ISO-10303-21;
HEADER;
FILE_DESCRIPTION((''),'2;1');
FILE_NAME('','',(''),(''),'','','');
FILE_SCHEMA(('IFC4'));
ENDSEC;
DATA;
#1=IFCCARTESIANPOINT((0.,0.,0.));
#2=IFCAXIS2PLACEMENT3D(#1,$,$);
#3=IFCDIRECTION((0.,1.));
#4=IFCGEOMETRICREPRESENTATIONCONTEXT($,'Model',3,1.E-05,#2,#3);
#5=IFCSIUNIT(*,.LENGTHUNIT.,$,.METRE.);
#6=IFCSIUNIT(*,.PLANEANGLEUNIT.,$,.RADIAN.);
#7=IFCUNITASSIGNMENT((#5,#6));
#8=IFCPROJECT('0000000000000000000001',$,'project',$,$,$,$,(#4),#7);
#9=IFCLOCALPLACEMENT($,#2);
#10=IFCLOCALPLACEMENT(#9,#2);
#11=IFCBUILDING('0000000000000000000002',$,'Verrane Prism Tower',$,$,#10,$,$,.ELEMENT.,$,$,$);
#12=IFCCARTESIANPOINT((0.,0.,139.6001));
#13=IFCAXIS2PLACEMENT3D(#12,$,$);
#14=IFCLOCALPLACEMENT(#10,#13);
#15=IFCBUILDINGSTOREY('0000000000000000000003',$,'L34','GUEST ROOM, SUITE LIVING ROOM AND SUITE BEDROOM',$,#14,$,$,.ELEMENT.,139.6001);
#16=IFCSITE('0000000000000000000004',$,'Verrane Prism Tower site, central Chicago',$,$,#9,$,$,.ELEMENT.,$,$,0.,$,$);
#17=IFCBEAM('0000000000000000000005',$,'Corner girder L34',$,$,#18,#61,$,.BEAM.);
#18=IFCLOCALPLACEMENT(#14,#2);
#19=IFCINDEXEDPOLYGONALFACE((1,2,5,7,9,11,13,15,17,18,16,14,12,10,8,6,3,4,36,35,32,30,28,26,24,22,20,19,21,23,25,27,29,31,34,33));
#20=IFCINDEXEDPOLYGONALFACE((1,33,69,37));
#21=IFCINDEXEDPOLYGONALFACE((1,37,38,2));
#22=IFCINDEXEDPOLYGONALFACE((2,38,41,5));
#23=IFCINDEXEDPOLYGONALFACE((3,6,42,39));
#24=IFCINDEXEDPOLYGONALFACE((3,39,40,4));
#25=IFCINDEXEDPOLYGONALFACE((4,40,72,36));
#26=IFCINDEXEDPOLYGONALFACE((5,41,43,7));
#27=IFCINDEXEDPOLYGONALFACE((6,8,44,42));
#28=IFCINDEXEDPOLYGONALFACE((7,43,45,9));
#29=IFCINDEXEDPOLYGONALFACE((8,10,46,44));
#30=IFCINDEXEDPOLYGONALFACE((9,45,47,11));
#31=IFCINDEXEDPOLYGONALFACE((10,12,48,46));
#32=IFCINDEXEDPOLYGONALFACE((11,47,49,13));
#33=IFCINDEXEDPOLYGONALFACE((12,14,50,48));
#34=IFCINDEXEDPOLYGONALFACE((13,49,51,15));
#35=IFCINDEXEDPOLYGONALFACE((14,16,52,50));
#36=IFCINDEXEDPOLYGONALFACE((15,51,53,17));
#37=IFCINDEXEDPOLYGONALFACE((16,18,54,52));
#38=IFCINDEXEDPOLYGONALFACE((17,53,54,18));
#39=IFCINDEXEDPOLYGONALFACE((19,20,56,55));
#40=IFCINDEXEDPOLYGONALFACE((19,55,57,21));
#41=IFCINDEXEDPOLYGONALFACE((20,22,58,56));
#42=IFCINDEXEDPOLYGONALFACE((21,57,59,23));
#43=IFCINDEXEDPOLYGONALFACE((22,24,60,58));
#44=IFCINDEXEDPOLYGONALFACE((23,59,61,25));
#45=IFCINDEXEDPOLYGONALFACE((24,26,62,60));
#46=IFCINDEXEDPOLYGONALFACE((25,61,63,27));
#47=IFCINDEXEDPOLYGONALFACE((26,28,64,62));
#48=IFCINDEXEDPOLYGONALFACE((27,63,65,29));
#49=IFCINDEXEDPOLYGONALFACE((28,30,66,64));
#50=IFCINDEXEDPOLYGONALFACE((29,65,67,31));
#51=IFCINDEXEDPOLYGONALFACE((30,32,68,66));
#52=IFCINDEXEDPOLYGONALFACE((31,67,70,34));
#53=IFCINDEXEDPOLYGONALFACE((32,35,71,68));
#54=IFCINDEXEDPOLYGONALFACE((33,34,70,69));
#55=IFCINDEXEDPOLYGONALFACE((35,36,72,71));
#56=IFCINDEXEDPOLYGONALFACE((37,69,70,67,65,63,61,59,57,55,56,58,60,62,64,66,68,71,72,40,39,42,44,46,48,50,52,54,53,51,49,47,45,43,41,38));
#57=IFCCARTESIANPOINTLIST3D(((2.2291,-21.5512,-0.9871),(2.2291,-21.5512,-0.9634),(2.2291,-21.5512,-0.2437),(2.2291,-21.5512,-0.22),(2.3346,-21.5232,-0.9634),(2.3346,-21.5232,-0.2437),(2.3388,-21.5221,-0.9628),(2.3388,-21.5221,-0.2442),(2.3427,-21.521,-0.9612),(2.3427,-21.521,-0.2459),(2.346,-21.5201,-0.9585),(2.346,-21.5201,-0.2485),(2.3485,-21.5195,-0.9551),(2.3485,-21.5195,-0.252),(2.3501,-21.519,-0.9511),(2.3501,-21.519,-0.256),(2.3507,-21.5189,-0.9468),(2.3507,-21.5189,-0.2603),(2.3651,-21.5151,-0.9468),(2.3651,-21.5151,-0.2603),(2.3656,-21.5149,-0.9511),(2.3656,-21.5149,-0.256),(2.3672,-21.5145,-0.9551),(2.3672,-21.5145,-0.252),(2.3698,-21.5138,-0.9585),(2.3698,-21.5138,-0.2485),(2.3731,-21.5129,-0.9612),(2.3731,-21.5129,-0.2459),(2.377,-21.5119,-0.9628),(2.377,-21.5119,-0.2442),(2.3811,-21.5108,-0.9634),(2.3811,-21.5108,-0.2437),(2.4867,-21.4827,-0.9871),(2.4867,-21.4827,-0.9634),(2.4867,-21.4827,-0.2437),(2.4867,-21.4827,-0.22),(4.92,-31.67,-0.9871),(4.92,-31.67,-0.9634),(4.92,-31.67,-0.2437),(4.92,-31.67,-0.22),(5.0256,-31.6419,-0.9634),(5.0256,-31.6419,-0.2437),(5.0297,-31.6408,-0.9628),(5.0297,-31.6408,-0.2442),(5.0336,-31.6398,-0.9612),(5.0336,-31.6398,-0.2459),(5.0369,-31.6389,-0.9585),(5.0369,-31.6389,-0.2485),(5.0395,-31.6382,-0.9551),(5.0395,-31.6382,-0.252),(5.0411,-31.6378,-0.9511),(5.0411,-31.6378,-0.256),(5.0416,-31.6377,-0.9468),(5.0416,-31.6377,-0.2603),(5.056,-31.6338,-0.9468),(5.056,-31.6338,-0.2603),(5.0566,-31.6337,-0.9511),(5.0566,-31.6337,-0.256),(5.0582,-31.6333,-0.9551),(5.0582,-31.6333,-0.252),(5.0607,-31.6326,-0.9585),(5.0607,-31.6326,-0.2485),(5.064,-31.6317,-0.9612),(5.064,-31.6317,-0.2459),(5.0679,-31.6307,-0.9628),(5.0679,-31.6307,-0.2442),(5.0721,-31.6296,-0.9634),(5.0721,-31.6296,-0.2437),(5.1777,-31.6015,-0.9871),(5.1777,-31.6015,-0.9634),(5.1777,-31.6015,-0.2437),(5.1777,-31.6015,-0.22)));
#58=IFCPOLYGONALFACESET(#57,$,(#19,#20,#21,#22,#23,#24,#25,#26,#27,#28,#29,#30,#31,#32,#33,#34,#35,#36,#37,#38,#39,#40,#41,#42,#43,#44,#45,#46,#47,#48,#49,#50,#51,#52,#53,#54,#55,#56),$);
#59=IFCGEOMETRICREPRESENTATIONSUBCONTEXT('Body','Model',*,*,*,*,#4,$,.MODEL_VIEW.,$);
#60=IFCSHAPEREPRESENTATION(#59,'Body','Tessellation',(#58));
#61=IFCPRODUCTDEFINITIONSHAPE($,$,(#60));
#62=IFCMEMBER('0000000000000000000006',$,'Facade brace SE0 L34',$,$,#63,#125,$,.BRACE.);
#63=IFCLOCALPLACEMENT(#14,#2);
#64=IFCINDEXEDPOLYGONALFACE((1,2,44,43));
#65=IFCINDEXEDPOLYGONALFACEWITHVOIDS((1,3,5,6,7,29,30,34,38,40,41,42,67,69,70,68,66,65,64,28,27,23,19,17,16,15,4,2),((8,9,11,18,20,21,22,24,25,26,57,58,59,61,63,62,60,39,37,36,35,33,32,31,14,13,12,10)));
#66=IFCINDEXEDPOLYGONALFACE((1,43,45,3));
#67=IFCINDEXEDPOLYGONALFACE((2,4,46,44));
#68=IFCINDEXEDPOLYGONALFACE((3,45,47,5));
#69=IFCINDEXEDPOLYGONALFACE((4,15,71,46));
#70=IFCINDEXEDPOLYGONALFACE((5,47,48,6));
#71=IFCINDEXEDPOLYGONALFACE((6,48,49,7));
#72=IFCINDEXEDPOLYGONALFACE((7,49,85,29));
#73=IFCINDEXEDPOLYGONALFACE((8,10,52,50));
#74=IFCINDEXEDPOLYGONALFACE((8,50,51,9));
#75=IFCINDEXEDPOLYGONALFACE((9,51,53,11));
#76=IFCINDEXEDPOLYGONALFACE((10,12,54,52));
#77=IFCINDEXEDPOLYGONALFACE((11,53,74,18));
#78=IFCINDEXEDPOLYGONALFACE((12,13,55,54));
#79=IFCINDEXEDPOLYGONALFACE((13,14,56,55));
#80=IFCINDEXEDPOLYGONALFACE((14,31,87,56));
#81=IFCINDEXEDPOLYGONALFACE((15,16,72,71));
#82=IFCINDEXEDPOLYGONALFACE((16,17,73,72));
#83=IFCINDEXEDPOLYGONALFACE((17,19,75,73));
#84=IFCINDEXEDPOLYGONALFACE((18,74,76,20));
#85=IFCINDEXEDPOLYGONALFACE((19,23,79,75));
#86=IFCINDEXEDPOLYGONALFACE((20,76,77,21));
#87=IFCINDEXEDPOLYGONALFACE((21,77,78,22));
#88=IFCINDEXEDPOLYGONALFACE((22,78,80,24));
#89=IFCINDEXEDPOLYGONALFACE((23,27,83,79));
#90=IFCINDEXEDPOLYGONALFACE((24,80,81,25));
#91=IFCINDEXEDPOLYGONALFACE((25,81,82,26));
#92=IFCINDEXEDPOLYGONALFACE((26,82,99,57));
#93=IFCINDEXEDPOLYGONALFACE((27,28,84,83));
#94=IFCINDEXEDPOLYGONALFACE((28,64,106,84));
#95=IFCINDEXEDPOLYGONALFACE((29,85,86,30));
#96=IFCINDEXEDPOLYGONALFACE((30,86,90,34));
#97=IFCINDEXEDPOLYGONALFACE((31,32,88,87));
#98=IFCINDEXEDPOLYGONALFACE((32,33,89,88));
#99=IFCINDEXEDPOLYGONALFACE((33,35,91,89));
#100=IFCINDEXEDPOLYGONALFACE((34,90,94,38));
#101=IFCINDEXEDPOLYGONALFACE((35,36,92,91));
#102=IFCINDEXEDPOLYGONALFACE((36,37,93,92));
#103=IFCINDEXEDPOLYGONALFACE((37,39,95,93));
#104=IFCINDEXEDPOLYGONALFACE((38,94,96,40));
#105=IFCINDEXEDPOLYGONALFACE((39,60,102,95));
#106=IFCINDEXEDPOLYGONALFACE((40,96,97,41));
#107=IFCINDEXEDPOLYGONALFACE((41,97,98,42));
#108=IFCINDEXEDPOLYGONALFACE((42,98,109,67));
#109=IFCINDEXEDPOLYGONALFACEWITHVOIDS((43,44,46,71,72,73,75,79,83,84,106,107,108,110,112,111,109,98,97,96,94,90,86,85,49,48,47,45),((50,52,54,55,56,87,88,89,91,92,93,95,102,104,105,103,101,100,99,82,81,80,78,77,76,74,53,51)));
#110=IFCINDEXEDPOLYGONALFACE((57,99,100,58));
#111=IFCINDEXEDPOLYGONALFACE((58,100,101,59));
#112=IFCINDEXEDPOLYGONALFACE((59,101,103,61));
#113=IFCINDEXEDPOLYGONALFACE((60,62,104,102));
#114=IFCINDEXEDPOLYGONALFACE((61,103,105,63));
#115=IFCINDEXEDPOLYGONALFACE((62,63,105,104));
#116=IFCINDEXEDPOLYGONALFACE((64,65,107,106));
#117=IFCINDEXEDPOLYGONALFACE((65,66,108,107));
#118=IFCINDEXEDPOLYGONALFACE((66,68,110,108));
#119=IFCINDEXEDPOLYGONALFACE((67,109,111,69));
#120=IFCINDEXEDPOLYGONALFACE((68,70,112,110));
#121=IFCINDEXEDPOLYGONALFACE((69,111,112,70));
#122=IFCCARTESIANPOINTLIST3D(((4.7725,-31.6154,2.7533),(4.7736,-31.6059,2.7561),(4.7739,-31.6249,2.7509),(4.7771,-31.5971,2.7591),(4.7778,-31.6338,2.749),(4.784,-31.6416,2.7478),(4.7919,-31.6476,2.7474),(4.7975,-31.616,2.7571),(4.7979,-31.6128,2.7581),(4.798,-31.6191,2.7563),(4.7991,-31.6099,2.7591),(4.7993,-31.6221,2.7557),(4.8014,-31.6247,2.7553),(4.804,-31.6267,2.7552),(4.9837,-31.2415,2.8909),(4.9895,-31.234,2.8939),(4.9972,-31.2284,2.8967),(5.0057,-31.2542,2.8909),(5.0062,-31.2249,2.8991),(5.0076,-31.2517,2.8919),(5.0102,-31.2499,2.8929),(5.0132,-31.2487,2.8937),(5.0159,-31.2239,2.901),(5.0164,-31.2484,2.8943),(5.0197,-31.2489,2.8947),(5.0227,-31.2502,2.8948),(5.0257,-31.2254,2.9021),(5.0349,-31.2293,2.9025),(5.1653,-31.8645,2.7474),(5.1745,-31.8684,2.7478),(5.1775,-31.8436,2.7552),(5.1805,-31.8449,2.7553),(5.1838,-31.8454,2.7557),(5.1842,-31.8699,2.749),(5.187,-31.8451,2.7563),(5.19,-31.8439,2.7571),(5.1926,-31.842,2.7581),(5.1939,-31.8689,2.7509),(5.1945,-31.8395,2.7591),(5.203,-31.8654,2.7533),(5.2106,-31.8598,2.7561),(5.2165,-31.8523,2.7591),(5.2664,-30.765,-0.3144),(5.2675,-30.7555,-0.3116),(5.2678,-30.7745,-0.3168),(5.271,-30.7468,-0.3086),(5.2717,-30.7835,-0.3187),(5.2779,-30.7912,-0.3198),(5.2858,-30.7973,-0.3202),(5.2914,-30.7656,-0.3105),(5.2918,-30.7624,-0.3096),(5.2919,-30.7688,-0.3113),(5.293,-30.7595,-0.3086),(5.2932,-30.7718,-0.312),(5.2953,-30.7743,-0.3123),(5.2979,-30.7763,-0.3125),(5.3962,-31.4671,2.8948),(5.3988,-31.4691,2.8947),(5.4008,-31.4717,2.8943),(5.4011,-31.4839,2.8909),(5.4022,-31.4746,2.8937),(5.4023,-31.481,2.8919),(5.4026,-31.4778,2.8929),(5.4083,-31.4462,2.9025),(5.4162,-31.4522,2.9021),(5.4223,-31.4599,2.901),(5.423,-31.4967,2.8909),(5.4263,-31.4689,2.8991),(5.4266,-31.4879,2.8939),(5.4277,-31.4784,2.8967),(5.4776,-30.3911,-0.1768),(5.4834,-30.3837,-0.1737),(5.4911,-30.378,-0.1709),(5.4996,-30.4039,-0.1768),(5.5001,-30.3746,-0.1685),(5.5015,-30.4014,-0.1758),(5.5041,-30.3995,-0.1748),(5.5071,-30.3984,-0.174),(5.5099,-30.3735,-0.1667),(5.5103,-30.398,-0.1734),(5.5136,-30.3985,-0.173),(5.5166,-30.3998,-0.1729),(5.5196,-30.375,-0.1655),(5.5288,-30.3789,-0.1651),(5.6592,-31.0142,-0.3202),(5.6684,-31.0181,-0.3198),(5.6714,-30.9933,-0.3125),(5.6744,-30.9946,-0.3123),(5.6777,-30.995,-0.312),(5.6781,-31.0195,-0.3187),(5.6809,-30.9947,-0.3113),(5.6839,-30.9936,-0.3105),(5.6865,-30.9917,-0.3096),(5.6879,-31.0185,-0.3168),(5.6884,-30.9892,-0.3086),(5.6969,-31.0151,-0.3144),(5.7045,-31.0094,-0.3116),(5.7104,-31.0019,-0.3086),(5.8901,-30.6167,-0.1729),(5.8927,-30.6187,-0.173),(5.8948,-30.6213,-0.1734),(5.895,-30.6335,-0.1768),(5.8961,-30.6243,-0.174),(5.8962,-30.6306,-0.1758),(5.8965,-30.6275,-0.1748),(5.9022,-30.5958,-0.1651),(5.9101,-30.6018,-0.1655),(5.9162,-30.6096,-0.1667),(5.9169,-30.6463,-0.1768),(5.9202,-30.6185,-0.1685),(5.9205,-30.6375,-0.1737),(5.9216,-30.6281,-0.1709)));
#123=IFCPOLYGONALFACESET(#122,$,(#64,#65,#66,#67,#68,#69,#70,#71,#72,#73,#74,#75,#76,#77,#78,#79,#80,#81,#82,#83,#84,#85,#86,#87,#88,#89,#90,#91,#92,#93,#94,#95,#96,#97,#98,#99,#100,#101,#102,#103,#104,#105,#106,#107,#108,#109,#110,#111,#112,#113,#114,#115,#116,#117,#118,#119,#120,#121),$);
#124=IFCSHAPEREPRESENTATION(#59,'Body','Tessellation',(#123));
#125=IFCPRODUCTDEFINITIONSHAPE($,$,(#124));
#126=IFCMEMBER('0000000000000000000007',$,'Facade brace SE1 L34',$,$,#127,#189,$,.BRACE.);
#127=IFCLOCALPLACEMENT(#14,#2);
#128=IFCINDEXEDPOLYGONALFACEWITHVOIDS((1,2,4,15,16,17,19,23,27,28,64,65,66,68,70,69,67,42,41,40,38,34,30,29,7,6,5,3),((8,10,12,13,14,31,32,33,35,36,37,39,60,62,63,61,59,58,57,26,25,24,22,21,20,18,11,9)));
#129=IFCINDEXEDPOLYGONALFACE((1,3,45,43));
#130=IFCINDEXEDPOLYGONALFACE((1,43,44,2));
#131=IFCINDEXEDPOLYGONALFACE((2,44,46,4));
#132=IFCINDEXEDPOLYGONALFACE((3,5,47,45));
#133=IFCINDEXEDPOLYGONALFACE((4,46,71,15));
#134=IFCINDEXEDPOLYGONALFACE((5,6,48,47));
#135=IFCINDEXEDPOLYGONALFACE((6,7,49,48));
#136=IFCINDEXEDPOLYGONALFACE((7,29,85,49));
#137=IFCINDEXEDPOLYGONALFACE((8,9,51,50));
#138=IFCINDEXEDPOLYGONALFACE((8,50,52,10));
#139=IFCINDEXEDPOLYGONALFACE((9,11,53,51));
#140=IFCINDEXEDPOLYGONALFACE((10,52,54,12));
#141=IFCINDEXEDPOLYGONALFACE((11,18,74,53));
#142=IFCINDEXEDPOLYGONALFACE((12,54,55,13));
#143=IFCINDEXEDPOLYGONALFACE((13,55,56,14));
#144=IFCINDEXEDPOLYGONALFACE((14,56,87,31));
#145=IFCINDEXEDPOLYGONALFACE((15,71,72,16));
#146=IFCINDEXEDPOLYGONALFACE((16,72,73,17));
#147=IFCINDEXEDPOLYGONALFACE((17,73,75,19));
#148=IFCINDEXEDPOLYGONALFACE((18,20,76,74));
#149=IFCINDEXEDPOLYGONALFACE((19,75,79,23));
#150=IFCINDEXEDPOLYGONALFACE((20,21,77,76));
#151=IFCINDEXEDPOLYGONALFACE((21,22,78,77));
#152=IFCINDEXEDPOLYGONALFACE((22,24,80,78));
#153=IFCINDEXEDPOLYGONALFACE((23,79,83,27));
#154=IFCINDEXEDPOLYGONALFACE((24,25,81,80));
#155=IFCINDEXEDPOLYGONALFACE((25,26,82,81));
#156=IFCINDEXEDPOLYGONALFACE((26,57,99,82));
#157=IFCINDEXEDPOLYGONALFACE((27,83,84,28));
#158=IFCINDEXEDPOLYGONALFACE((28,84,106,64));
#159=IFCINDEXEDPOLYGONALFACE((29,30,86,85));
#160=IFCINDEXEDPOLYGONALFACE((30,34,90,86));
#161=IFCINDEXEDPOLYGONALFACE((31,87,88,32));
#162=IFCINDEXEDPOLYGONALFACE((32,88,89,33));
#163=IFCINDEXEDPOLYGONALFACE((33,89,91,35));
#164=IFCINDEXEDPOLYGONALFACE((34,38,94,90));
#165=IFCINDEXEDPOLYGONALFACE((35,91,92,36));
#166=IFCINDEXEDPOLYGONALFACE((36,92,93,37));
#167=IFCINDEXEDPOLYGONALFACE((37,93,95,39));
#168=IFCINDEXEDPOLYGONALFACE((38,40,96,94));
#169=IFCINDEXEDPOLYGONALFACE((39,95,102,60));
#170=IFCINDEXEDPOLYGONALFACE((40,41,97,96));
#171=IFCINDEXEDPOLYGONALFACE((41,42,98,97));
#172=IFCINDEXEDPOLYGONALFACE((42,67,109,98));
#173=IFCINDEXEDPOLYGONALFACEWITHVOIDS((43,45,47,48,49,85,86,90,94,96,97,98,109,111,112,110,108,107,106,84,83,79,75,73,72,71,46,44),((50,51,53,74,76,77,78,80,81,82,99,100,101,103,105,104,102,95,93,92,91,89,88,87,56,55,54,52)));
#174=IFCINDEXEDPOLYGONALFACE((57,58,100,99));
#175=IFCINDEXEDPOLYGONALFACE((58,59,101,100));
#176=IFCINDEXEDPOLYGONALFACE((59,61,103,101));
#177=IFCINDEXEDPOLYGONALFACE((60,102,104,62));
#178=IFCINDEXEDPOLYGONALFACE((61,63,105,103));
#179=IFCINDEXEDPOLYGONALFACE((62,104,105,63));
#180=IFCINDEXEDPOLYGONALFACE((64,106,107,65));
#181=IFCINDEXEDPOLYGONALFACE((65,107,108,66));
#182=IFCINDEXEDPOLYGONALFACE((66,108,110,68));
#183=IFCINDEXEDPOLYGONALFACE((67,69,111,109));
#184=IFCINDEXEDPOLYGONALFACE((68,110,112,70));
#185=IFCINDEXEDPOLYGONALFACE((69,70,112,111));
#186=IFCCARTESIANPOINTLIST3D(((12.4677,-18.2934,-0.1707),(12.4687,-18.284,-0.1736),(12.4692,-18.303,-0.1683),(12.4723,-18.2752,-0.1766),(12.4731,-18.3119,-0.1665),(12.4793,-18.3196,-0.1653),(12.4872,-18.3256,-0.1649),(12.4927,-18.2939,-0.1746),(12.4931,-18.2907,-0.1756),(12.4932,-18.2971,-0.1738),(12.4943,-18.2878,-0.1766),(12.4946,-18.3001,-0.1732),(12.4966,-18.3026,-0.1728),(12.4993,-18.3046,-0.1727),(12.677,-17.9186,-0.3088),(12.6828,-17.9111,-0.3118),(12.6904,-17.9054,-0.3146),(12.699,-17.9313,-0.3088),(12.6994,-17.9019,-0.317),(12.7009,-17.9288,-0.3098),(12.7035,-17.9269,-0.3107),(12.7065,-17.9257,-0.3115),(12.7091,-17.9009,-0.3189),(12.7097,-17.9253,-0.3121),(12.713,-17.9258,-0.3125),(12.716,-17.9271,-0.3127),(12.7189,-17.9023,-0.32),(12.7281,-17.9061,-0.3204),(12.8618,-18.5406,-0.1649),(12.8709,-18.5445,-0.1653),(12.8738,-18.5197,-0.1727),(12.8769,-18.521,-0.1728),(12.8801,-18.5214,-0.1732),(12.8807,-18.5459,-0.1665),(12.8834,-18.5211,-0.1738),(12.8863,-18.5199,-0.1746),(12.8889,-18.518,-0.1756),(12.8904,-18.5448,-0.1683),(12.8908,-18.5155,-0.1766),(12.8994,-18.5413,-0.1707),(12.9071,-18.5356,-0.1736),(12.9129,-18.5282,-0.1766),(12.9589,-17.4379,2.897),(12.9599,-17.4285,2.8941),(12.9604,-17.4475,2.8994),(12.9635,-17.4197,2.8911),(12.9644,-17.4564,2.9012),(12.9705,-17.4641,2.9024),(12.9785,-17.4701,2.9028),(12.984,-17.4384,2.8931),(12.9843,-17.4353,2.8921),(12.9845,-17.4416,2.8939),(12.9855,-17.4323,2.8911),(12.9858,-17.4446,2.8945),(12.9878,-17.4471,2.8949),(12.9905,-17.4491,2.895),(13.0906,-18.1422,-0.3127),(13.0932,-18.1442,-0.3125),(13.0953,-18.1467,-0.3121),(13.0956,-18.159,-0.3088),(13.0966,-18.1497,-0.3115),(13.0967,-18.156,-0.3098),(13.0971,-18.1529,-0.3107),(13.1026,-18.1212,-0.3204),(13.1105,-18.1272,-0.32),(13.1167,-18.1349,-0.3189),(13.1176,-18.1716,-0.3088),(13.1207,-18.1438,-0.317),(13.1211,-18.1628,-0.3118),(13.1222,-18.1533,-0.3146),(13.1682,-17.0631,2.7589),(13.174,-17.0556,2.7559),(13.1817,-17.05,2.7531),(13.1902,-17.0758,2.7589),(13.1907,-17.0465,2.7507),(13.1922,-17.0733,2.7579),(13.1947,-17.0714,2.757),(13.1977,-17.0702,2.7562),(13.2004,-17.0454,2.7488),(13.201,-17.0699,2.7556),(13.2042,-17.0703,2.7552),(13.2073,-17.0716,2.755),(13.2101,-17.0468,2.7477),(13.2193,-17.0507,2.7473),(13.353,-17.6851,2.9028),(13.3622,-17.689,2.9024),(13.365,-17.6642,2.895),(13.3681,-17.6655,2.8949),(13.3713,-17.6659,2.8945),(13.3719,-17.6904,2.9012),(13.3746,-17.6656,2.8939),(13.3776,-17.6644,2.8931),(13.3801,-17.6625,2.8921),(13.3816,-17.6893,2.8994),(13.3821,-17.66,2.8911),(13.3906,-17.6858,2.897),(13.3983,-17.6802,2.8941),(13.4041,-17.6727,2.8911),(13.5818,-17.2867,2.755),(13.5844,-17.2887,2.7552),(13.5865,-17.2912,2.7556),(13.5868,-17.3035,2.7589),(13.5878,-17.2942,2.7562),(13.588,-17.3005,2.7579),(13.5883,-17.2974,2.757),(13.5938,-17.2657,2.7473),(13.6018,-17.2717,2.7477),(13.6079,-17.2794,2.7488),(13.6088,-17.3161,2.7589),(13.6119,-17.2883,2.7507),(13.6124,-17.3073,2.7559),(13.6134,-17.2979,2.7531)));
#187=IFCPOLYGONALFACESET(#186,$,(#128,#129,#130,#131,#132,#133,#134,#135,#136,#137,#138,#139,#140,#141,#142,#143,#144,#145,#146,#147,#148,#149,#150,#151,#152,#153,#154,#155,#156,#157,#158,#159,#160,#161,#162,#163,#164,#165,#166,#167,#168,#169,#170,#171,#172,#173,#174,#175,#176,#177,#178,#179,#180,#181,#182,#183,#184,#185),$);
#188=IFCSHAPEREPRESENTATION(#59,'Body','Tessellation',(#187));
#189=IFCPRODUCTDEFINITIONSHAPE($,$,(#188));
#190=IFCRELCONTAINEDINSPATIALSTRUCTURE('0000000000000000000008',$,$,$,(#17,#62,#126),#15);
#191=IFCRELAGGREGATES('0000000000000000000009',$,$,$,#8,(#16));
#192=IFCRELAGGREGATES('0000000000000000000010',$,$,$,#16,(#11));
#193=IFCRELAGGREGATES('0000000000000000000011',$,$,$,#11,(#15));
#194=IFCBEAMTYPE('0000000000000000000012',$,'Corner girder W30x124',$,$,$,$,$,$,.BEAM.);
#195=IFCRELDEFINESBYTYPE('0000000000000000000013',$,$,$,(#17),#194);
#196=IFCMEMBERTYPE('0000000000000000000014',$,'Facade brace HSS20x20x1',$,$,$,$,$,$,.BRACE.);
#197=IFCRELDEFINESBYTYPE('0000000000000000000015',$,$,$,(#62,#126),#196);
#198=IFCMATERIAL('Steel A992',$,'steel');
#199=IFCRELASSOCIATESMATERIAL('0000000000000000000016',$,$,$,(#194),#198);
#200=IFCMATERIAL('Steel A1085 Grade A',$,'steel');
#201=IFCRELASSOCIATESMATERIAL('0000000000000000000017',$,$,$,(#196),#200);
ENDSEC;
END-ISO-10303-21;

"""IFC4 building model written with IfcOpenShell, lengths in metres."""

from ifc_helpers import new_model, si_unit, direction, frame, origin, origin_2d, place, context, subcontext, project, spatial, hollow_rectangle, i_section, extrude, material, material_profile, profile_set, type_object, element, save


model = new_model("IFC4")

# Units and contexts
model_context = context("Model", 3, precision=1e-05, world=origin(), true_north=direction((0.0, 1.0)))
body_context = subcontext(model_context, "Body", "Model", "MODEL_VIEW")
ifc_project = project(units=[si_unit("LENGTHUNIT", "METRE"), si_unit("PLANEANGLEUNIT", "RADIAN")], contexts=[model_context])

# Site, building, storey
site_placement = place(None, origin())
site = spatial("IfcSite", under=ifc_project, at=site_placement, Name="Verrane Prism Tower site, central Chicago", CompositionType="ELEMENT", RefElevation=0.0)
building_placement = place(site_placement, origin())
building = spatial("IfcBuilding", under=site, at=building_placement, Name="Verrane Prism Tower", CompositionType="ELEMENT")
storey_placement = place(building_placement, frame((0.0, 0.0, 139.6001)))
storey = spatial("IfcBuildingStorey", under=building, at=storey_placement, Name="L34", Description="GUEST ROOM, SUITE LIVING ROOM AND SUITE BEDROOM", CompositionType="ELEMENT", Elevation=139.6001)

# Beam
ifc_material_1 = material(Name="Steel A992", Category="steel")
ifc_material_profile_1 = material_profile(ifc_material_1, i_section(OverallWidth=0.2666, OverallDepth=0.7671, WebThickness=0.0149, FlangeThickness=0.0237, FilletRadius=0.0166, at=origin_2d()), Name="W30x124")
ifc_profile_set_1 = profile_set([ifc_material_profile_1], Name="Steel A992")
beam_type_1 = type_object("IfcBeamType", Name="Corner girder W30x124", PredefinedType="BEAM", material=ifc_profile_set_1)
beam_1_placement = place(storey_placement, frame((5.0488, -31.6357, -0.6035), z_axis=(-0.257004, 0.96641, 0.0), x_axis=(-0.96641, -0.257004, 0.0)))
element("IfcBeam", 1, at=beam_1_placement, inside=storey, type_object=beam_type_1, Name="Corner girder L34", PredefinedType="BEAM", context=body_context, shape_type="SweptSolid", body=[
    extrude(i_section(OverallWidth=0.2666, OverallDepth=0.7671, WebThickness=0.0149, FlangeThickness=0.0237, FilletRadius=0.0166, at=origin_2d()), origin(), (0.0, 0.0, 1.0), 10.4705),
])

# Members
ifc_material_2 = material(Name="Steel A1085 Grade A", Category="steel")
ifc_material_profile_2 = material_profile(ifc_material_2, hollow_rectangle(XDim=0.5081, YDim=0.5081, WallThickness=0.0254, InnerFilletRadius=0.0127, OuterFilletRadius=0.0381, at=origin_2d()), Name="HSS20x20x1")
ifc_profile_set_2 = profile_set([ifc_material_profile_2], Name="Steel A1085 Grade A")
member_type_1 = type_object("IfcMemberType", Name="Facade brace HSS20x20x1", PredefinedType="BRACE", material=ifc_profile_set_2)
member_1_placement = place(storey_placement, frame((5.594, -30.6965, -0.2427), z_axis=(-0.153318, -0.263967, 0.952268), x_axis=(0.864723, -0.502249, 0.0)))
element("IfcMember", 2, at=member_1_placement, inside=storey, type_object=member_type_1, Name="Facade brace SE0 L34", PredefinedType="BRACE", context=body_context, shape_type="SweptSolid", body=[
    extrude(hollow_rectangle(XDim=0.5081, YDim=0.5081, WallThickness=0.0254, InnerFilletRadius=0.0127, OuterFilletRadius=0.0381, at=origin_2d()), origin(), (0.0, 0.0, 1.0), 3.2214),
])
member_2_placement = place(storey_placement, frame((12.7949, -18.2234, -0.2427), z_axis=(0.152439, 0.265481, 0.951989), x_axis=(-0.867206, 0.49795, 0.0)))
element("IfcMember", 3, at=member_2_placement, inside=storey, type_object=member_type_1, Name="Facade brace SE1 L34", PredefinedType="BRACE", context=body_context, shape_type="SweptSolid", body=[
    extrude(hollow_rectangle(XDim=0.5081, YDim=0.5081, WallThickness=0.0254, InnerFilletRadius=0.0127, OuterFilletRadius=0.0381, at=origin_2d()), origin(), (0.0, 0.0, 1.0), 3.2224),
])

save(model, "model.ifc")
